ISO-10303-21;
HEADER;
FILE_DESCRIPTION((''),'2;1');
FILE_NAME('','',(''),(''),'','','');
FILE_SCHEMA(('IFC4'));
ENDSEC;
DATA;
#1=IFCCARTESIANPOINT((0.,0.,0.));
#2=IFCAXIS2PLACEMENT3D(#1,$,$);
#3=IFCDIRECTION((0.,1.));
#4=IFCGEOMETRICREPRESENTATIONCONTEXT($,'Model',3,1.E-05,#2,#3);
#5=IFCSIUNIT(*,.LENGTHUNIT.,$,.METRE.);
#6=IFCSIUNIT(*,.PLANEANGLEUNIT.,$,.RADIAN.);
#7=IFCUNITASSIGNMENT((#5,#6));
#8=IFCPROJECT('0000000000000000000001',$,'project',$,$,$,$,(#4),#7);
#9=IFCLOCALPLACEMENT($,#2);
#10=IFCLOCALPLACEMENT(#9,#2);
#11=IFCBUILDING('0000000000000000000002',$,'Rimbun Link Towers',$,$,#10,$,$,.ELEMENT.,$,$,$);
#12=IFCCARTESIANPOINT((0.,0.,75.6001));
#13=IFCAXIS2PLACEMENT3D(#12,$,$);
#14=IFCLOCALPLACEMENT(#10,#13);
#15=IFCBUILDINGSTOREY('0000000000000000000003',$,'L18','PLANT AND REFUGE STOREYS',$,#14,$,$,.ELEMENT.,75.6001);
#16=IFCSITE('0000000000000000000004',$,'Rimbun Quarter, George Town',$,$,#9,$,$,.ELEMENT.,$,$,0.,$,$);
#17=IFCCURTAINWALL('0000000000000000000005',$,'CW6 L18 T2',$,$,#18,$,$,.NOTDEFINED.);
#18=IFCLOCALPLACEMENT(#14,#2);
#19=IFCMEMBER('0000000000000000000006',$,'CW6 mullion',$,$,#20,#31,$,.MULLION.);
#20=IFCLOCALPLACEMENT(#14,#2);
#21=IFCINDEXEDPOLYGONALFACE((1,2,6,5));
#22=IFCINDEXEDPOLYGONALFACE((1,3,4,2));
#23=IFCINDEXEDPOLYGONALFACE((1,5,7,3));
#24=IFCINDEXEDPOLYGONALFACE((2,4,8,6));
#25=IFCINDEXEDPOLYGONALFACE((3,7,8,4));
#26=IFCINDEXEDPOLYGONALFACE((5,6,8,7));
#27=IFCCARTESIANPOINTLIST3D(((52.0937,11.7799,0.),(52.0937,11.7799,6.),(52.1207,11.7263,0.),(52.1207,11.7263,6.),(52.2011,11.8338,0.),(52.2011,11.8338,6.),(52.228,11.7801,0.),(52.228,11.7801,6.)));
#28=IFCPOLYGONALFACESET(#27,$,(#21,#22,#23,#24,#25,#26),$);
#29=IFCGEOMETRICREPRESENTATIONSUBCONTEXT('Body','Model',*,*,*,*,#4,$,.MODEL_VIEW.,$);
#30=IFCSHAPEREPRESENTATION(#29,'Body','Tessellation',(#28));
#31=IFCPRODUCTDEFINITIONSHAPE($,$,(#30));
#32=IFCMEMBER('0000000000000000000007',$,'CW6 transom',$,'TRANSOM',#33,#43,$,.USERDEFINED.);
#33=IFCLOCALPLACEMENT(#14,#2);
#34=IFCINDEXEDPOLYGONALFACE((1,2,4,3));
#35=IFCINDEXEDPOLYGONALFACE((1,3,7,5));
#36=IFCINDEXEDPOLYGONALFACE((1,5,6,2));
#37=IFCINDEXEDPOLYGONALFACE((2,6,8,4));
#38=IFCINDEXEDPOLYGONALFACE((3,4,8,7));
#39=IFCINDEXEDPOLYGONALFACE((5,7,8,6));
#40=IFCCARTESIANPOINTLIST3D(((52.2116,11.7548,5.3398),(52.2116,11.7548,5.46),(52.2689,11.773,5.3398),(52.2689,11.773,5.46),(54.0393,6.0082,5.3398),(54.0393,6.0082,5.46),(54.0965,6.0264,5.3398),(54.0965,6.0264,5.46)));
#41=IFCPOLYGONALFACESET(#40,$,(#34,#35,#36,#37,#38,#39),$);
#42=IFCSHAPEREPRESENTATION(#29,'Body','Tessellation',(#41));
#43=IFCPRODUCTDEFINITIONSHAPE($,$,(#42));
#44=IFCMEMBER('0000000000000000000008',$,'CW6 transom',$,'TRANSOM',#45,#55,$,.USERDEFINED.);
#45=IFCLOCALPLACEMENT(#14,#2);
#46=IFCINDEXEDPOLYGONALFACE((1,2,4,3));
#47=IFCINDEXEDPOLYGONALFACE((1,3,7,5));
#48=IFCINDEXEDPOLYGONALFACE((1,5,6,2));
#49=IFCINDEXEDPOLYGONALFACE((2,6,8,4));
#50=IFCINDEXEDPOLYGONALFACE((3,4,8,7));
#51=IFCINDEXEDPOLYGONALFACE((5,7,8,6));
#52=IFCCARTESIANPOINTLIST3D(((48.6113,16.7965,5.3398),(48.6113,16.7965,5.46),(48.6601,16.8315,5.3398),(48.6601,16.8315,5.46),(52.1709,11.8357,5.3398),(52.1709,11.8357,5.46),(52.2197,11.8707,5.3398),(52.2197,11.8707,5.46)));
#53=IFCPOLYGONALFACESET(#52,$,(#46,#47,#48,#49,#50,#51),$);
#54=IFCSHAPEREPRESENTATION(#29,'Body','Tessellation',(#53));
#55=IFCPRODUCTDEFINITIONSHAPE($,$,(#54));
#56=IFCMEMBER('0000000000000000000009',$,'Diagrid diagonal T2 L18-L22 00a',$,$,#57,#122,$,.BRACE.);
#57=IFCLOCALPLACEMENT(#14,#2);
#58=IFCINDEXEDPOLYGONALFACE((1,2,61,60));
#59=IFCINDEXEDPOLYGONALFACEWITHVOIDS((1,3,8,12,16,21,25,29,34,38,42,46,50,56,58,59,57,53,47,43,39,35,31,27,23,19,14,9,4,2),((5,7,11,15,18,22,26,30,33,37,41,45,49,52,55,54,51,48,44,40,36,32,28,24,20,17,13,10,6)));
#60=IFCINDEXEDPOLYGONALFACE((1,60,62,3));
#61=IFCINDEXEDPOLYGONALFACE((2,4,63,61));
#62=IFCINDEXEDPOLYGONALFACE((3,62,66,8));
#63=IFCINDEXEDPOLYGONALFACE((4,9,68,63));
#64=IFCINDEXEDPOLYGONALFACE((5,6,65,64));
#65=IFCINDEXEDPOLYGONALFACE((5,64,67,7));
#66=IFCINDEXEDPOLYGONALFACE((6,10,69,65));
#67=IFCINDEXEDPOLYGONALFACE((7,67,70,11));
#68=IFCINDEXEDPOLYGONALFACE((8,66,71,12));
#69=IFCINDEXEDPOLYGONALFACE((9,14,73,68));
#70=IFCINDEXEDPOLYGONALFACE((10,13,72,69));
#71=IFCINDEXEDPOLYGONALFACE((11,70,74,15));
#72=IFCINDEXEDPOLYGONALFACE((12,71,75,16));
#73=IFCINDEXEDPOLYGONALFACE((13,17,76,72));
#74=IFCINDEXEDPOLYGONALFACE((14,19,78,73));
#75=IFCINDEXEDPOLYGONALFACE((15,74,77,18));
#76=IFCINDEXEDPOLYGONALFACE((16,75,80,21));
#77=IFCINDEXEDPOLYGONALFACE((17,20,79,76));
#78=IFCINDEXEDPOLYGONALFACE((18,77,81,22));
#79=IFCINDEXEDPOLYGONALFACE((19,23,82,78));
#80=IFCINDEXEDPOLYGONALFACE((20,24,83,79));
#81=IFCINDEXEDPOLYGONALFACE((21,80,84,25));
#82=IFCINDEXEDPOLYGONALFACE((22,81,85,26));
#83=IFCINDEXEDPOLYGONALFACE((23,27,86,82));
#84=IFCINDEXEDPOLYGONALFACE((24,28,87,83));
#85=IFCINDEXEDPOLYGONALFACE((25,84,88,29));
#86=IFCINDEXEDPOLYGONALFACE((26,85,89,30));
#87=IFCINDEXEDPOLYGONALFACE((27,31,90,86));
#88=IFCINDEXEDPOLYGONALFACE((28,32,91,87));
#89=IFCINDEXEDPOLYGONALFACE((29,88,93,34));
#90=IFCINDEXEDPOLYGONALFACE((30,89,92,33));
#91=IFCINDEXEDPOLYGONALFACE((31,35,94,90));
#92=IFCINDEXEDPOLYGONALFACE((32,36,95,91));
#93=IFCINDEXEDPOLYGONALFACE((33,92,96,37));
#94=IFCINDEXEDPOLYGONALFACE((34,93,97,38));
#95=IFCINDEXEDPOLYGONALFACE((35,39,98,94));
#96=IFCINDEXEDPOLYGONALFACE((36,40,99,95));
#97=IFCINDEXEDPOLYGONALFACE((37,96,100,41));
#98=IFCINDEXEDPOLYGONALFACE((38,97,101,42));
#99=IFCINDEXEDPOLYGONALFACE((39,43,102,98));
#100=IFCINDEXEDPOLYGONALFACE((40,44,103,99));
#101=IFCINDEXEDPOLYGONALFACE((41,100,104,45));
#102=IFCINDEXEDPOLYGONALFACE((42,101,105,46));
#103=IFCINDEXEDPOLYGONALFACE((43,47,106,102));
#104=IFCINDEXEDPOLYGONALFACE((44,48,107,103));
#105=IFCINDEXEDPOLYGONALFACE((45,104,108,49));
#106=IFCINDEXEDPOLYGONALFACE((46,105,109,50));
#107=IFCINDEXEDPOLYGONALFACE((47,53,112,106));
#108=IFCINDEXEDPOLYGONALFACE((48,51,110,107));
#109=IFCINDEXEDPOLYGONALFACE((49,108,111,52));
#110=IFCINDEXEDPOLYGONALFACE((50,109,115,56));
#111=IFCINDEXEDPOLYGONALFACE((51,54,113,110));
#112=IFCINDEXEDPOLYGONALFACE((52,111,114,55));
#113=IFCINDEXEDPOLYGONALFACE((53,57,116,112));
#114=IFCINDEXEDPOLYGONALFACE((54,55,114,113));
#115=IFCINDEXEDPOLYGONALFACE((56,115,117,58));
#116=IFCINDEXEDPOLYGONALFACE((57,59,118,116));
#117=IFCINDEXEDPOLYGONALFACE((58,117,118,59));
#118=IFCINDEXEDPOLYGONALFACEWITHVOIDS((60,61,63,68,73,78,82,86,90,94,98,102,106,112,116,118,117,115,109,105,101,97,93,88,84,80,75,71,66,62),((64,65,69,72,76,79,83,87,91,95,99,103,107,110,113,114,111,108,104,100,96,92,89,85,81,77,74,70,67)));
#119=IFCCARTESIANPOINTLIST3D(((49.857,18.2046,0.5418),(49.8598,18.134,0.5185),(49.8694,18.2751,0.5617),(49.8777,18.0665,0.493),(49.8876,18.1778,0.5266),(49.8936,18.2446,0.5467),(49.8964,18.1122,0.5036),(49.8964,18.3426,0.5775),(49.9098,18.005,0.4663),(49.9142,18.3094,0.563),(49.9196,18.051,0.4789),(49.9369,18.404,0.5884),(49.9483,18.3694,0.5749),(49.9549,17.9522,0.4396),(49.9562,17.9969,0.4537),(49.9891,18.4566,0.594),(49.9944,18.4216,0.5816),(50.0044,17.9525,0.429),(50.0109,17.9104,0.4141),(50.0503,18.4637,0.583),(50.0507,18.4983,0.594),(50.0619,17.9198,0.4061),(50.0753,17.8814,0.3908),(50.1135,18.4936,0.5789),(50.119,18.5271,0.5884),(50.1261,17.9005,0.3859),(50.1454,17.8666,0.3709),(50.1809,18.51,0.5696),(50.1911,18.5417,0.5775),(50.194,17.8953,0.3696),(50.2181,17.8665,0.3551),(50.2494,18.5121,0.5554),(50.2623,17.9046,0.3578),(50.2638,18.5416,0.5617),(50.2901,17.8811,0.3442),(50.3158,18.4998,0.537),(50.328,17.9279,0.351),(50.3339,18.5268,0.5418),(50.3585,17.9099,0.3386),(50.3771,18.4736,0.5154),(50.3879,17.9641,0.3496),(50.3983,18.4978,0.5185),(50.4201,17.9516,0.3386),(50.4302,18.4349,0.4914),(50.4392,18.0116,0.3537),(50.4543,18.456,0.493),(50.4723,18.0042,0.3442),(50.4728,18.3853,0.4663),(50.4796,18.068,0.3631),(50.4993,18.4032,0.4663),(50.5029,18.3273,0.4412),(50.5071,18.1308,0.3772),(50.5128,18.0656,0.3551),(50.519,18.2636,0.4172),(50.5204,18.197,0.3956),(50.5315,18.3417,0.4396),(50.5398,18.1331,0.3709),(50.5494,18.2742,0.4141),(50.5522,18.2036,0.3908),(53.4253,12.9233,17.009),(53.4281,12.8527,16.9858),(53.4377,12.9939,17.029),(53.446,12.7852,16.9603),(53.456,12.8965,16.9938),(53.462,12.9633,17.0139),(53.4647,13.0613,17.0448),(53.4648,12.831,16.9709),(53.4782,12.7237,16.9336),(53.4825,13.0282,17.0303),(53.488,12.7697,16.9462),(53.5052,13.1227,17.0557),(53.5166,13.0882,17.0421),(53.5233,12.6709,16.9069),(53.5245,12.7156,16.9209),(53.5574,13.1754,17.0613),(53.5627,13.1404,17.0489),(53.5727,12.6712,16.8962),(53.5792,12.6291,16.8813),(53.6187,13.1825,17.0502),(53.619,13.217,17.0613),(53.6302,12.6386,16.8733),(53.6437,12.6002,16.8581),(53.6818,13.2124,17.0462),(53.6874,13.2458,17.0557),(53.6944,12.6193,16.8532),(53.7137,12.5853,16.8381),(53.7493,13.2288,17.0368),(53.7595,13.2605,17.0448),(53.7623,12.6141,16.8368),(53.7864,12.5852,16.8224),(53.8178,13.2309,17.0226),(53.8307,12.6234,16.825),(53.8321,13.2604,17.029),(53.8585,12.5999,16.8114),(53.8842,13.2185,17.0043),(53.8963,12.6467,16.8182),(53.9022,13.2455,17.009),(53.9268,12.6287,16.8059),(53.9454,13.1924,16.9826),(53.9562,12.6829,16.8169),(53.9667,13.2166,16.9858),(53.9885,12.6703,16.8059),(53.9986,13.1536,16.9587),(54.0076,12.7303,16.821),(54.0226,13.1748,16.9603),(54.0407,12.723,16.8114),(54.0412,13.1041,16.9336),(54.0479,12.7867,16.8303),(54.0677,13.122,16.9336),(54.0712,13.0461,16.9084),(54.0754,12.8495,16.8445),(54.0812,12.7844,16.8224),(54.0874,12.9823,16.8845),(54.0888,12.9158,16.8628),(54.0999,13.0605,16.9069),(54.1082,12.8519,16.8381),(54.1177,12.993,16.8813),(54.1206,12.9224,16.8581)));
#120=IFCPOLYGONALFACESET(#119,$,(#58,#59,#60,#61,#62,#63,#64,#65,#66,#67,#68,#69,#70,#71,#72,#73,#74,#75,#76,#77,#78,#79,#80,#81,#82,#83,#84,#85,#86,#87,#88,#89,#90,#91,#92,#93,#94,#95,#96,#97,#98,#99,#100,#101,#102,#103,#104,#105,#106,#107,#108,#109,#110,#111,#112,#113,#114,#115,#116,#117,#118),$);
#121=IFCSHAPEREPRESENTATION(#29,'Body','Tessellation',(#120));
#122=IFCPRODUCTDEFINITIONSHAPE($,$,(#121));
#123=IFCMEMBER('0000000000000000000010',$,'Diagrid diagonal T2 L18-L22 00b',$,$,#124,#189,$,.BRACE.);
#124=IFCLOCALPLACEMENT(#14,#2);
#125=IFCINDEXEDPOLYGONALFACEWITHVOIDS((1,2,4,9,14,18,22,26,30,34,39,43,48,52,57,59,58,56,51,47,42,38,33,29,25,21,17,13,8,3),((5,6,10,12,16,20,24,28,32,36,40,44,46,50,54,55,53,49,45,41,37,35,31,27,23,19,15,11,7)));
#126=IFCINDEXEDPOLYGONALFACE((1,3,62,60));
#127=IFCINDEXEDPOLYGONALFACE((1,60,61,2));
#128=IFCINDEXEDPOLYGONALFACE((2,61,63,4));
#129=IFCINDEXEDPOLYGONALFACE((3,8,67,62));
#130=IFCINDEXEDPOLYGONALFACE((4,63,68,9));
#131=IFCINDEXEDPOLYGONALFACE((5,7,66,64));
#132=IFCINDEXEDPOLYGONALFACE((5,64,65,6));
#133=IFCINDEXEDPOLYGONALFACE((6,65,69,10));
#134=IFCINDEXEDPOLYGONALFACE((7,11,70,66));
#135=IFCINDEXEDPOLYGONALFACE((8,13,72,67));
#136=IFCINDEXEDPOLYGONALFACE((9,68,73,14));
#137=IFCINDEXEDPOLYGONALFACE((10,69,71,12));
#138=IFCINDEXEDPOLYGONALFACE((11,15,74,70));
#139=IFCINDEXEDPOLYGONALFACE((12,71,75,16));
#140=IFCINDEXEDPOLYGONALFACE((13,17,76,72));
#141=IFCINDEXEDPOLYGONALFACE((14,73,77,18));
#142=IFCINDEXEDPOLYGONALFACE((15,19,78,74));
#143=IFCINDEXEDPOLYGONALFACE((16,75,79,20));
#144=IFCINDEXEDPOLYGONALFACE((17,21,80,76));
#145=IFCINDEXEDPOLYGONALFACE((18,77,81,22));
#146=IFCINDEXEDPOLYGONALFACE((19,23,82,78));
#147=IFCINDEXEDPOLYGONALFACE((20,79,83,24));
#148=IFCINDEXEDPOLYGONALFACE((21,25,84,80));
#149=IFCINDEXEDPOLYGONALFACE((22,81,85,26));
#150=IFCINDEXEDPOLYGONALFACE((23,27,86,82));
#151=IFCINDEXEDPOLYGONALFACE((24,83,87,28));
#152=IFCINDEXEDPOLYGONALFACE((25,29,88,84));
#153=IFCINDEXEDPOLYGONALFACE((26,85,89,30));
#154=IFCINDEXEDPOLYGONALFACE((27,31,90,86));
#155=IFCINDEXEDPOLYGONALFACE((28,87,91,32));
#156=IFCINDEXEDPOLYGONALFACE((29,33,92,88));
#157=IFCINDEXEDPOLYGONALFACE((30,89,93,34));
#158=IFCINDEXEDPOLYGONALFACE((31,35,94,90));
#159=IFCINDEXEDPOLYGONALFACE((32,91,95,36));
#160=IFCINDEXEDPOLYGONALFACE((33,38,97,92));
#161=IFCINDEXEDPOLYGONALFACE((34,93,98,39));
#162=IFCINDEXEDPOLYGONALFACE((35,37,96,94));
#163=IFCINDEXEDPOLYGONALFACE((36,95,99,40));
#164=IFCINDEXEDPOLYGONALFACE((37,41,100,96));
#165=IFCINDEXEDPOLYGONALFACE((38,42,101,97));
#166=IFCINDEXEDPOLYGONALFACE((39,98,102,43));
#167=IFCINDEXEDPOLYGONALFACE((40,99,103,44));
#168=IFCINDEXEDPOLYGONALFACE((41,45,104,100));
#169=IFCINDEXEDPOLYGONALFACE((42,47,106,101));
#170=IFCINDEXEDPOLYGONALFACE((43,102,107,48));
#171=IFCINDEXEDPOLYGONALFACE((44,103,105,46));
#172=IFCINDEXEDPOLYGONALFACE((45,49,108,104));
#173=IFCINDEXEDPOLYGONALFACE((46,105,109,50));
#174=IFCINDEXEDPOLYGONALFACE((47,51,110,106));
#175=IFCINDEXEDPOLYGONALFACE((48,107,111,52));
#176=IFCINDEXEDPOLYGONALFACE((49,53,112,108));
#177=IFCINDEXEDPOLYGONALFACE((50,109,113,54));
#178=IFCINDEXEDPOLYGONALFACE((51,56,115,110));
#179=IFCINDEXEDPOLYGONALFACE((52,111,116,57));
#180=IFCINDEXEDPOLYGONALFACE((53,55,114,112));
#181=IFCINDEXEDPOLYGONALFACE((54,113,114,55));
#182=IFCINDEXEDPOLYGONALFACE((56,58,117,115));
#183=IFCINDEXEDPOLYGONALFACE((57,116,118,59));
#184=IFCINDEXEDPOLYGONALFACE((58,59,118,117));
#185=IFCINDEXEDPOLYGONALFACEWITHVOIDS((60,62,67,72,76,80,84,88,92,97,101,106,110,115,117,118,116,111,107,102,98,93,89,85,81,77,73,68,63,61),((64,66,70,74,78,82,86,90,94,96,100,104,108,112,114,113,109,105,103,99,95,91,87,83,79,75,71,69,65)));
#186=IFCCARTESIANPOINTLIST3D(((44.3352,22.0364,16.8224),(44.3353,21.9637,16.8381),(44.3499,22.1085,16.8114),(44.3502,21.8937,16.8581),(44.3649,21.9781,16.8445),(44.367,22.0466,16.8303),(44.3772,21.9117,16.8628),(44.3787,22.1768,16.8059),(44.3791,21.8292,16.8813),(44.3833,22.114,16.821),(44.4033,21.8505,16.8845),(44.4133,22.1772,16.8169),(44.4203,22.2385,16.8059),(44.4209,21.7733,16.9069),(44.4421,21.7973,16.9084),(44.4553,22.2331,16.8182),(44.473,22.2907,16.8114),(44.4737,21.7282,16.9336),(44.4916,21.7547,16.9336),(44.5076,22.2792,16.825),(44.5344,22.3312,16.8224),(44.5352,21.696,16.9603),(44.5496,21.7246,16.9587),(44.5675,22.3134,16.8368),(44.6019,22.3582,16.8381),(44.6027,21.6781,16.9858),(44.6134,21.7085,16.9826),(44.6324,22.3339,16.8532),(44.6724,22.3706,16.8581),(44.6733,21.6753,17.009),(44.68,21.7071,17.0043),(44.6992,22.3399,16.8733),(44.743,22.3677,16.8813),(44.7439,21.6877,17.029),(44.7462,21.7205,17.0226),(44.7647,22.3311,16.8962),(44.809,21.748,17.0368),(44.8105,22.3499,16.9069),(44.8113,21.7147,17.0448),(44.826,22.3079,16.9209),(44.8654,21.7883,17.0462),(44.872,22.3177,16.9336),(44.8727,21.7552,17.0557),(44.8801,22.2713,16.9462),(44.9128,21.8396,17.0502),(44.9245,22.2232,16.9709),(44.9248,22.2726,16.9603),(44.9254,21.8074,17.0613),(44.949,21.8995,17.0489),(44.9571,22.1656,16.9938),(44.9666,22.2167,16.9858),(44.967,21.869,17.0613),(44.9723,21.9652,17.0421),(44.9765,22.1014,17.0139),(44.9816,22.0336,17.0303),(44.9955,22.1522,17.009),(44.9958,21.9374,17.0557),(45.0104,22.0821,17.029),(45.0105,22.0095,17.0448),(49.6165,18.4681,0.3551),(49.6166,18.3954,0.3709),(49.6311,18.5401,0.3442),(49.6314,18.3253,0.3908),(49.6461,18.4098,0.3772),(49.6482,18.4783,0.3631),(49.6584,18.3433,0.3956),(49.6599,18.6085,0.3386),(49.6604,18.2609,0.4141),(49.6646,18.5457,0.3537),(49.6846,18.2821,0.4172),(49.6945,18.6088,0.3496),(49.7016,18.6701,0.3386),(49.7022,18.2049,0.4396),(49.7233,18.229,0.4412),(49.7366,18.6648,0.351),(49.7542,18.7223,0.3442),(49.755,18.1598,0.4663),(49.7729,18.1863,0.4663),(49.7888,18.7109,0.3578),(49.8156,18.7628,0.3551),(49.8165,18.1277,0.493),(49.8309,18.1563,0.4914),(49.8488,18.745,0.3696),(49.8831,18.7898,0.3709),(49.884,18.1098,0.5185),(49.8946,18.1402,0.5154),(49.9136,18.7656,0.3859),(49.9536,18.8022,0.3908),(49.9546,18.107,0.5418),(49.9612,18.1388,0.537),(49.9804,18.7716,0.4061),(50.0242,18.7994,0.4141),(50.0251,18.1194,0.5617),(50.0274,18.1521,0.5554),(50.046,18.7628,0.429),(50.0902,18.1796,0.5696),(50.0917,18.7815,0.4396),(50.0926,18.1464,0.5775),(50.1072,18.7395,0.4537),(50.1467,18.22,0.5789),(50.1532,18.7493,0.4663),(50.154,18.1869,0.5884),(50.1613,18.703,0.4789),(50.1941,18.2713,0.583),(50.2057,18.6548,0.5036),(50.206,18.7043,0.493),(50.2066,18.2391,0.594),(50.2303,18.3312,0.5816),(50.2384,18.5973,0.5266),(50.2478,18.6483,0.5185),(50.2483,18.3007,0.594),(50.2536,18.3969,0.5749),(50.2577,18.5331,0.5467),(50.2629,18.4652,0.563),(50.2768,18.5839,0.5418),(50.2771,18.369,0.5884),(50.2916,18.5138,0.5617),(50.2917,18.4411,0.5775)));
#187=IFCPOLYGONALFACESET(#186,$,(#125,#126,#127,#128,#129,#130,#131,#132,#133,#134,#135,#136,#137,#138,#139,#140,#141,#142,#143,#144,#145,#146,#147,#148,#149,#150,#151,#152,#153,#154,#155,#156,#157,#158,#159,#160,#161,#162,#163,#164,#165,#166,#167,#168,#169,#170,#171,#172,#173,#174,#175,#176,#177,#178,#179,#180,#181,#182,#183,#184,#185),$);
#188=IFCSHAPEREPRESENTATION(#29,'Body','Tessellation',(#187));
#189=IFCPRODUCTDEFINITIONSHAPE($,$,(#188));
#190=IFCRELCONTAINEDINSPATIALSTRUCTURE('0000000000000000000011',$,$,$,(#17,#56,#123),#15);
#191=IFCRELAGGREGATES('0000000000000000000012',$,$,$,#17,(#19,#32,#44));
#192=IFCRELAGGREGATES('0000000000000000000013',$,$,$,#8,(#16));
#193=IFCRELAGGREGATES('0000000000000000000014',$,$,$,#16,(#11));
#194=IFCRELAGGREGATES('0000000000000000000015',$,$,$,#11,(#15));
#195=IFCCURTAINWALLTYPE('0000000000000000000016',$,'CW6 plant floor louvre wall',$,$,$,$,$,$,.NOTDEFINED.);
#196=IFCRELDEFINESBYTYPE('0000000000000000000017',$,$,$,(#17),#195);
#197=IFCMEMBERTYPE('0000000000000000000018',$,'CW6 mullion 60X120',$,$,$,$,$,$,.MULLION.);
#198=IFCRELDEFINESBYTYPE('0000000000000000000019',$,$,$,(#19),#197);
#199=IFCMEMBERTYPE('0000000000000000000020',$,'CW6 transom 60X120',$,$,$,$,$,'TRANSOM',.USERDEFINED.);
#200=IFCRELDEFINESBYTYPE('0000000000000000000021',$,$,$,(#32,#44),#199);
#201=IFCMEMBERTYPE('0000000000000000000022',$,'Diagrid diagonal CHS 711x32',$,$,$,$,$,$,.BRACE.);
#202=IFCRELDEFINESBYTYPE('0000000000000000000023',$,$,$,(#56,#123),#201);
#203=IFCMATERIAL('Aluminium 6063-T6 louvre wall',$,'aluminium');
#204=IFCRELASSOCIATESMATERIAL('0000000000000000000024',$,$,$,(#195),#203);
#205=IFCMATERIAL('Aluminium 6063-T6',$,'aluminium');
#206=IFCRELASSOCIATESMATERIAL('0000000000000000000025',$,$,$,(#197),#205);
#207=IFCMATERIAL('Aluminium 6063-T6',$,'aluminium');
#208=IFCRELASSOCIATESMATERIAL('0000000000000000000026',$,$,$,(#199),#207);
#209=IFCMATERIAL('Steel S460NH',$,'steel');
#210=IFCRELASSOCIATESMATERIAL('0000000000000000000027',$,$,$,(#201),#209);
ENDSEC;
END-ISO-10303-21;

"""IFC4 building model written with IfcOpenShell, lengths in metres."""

from ifc_helpers import new_model, si_unit, direction, frame, origin, origin_2d, place, context, subcontext, project, spatial, rectangle, hollow_circle, extrude, material, material_profile, profile_set, type_object, element, aggregate, save


model = new_model("IFC4")

# Units and contexts
model_context = context("Model", 3, precision=1e-05, world=origin(), true_north=direction((0.0, 1.0)))
body_context = subcontext(model_context, "Body", "Model", "MODEL_VIEW")
ifc_project = project(units=[si_unit("LENGTHUNIT", "METRE"), si_unit("PLANEANGLEUNIT", "RADIAN")], contexts=[model_context])

# Site, building, storey
site_placement = place(None, origin())
site = spatial("IfcSite", under=ifc_project, at=site_placement, Name="Rimbun Quarter, George Town", CompositionType="ELEMENT", RefElevation=0.0)
building_placement = place(site_placement, origin())
building = spatial("IfcBuilding", under=site, at=building_placement, Name="Rimbun Link Towers", CompositionType="ELEMENT")
storey_placement = place(building_placement, frame((0.0, 0.0, 75.6001)))
storey = spatial("IfcBuildingStorey", under=building, at=storey_placement, Name="L18", Description="PLANT AND REFUGE STOREYS", CompositionType="ELEMENT", Elevation=75.6001)

# Curtain wall, members
ifc_material_1 = material(Name="Aluminium 6063-T6 louvre wall", Category="aluminium")
curtain_wall_type = type_object("IfcCurtainWallType", Name="CW6 plant floor louvre wall", PredefinedType="NOTDEFINED", material=ifc_material_1)
curtain_wall_placement = place(storey_placement, origin())
curtain_wall = element("IfcCurtainWall", 1, at=curtain_wall_placement, inside=storey, type_object=curtain_wall_type, Name="CW6 L18 T2", PredefinedType="NOTDEFINED")
ifc_material_2 = material(Name="Aluminium 6063-T6", Category="aluminium")
ifc_material_profile_1 = material_profile(ifc_material_2, rectangle(XDim=0.1201, YDim=0.0601, at=origin_2d()), Name="MULLION 60X120")
ifc_profile_set_1 = profile_set([ifc_material_profile_1], Name="Aluminium 6063-T6")
member_type_1 = type_object("IfcMemberType", Name="CW6 mullion 60X120", PredefinedType="MULLION", material=ifc_profile_set_1)
member_1_placement = place(storey_placement, frame((52.1609, 11.78, 0.0), z_axis=(0.0, 0.0, 1.0), x_axis=(0.893747, 0.448572, 0.0)))
member_1 = element("IfcMember", 2, at=member_1_placement, type_object=member_type_1, Name="CW6 mullion", PredefinedType="MULLION", context=body_context, shape_type="SweptSolid", body=[
    extrude(rectangle(XDim=0.1201, YDim=0.0601, at=origin_2d()), origin(), (0.0, 0.0, 1.0), 6.0),
])
ifc_material_3 = material(Name="Aluminium 6063-T6", Category="aluminium")
ifc_material_profile_2 = material_profile(ifc_material_3, rectangle(XDim=0.0601, YDim=0.1201, at=origin_2d()), Name="TRANSOM 60X120")
ifc_profile_set_2 = profile_set([ifc_material_profile_2], Name="Aluminium 6063-T6")
member_type_2 = type_object("IfcMemberType", Name="CW6 transom 60X120", ElementType="TRANSOM", PredefinedType="USERDEFINED", material=ifc_profile_set_2)
member_2_placement = place(storey_placement, frame((52.2402, 11.7639, 5.3999), z_axis=(0.30308, -0.952965, 0.0), x_axis=(0.952965, 0.30308, 0.0)))
member_2 = element("IfcMember", 3, at=member_2_placement, type_object=member_type_2, Name="CW6 transom", ObjectType="TRANSOM", PredefinedType="USERDEFINED", context=body_context, shape_type="SweptSolid", body=[
    extrude(rectangle(XDim=0.0601, YDim=0.1201, at=origin_2d()), origin(), (0.0, 0.0, 1.0), 6.0303),
])
member_3_placement = place(storey_placement, frame((48.6357, 16.814, 5.3999), z_axis=(0.582996, -0.812475, 0.0), x_axis=(0.812475, 0.582996, 0.0)))
member_3 = element("IfcMember", 4, at=member_3_placement, type_object=member_type_2, Name="CW6 transom", ObjectType="TRANSOM", PredefinedType="USERDEFINED", context=body_context, shape_type="SweptSolid", body=[
    extrude(rectangle(XDim=0.0601, YDim=0.1201, at=origin_2d()), origin(), (0.0, 0.0, 1.0), 6.1057),
])

# Members
ifc_material_4 = material(Name="Steel S460NH", Category="steel")
ifc_material_profile_3 = material_profile(ifc_material_4, hollow_circle(Radius=0.3557, WallThickness=0.032, at=origin_2d()), Name="Diagrid diagonal CHS 711x32")
ifc_profile_set_3 = profile_set([ifc_material_profile_3], Name="Steel S460NH")
member_type_3 = type_object("IfcMemberType", Name="Diagrid diagonal CHS 711x32", PredefinedType="BRACE", material=ifc_profile_set_3)
for number, where, z_axis, x_axis, name in (
    (5, (50.2046, 18.2041, 0.4663), (0.202085, -0.29909, 0.932581), (0.828593, 0.559852, 0.0), "Diagrid diagonal T2 L18-L22 00a"),
    (6, (49.9541, 18.4546, 0.4663), (-0.29909, 0.202085, 0.932581), (-0.559852, -0.828593, 0.0), "Diagrid diagonal T2 L18-L22 00b"),
):
    element("IfcMember", number, at=place(storey_placement, frame(where, z_axis=z_axis, x_axis=x_axis)), inside=storey, type_object=member_type_3, Name=name, PredefinedType="BRACE", context=body_context, shape_type="SweptSolid", body=[
        extrude(hollow_circle(Radius=0.3557, WallThickness=0.032, at=origin_2d()), origin(), (0.0, 0.0, 1.0), 17.6577),
    ])

aggregate(curtain_wall, [member_1, member_2, member_3])

save(model, "model.ifc")
